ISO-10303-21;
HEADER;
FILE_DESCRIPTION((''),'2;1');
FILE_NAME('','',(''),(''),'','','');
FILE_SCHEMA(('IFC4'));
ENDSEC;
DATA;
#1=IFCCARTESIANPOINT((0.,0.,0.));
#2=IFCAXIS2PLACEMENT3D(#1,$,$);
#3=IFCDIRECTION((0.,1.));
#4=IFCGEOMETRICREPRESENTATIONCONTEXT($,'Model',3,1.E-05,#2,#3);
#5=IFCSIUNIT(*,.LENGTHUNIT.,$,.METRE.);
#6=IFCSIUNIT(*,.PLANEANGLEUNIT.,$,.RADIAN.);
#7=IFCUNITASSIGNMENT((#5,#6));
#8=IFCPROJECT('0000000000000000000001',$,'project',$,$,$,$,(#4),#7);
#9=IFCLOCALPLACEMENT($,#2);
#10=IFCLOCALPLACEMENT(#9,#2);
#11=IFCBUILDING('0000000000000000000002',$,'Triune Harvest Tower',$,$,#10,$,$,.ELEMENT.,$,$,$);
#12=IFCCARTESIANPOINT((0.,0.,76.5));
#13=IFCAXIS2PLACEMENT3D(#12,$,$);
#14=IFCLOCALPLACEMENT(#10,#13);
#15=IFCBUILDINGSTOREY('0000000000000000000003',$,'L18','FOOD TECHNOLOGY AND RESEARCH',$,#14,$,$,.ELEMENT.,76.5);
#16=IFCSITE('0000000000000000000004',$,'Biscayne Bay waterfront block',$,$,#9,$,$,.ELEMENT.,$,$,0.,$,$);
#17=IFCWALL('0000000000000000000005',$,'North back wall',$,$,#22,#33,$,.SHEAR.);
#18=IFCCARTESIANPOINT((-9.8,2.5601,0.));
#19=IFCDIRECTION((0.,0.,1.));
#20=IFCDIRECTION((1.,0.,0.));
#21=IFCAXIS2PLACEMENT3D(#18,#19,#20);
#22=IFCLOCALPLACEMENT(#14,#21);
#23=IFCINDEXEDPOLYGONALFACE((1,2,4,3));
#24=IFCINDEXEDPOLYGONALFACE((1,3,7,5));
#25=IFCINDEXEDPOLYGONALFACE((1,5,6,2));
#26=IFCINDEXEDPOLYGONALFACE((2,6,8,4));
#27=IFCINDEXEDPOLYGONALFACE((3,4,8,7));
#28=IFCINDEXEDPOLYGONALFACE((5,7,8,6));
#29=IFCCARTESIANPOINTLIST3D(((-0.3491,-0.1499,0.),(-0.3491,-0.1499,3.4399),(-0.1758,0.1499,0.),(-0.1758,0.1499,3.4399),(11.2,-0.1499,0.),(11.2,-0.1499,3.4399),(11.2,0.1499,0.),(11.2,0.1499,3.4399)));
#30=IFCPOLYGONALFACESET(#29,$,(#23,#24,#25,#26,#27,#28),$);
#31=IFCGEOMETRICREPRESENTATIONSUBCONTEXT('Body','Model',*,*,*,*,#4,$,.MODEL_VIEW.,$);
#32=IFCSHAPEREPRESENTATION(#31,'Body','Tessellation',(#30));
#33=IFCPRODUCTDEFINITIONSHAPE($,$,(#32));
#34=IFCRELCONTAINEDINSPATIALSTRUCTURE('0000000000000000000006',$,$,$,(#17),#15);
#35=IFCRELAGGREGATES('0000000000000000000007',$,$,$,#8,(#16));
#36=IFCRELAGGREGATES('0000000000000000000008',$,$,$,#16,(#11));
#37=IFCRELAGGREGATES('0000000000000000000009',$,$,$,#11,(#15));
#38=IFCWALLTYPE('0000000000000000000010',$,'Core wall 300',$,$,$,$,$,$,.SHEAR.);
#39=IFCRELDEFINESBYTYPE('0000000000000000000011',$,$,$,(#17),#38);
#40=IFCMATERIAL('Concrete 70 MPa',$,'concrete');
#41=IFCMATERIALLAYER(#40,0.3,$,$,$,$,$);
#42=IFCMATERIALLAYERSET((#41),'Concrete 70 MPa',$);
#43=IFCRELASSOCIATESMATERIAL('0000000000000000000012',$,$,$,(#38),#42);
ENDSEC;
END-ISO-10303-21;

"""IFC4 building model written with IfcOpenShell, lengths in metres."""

from ifc_helpers import new_model, si_unit, direction, frame, origin, place, context, subcontext, project, spatial, polyline, outline, extrude, source, transform, mapped, material, layer, layer_set, type_object, element, save


model = new_model("IFC4")

# Units and contexts
model_context = context("Model", 3, precision=1e-05, world=origin(), true_north=direction((0.0, 1.0)))
body_context = subcontext(model_context, "Body", "Model", "MODEL_VIEW")
ifc_project = project(units=[si_unit("LENGTHUNIT", "METRE"), si_unit("PLANEANGLEUNIT", "RADIAN")], contexts=[model_context])

# Site, building, storey
site_placement = place(None, origin())
site = spatial("IfcSite", under=ifc_project, at=site_placement, Name="Biscayne Bay waterfront block", CompositionType="ELEMENT", RefElevation=0.0)
building_placement = place(site_placement, origin())
building = spatial("IfcBuilding", under=site, at=building_placement, Name="Triune Harvest Tower", CompositionType="ELEMENT")
storey_placement = place(building_placement, frame((0.0, 0.0, 76.5)))
storey = spatial("IfcBuildingStorey", under=building, at=storey_placement, Name="L18", Description="FOOD TECHNOLOGY AND RESEARCH", CompositionType="ELEMENT", Elevation=76.5)

# Shared definitions
ifc_material_1 = material(Name="Concrete 70 MPa", Category="concrete")
ifc_layer_1 = layer(ifc_material_1, 0.3)
ifc_layer_set_1 = layer_set([ifc_layer_1], Name="Concrete 70 MPa")
wall_type_1 = type_object("IfcWallType", Name="Core wall 300", PredefinedType="SHEAR", material=ifc_layer_set_1)

# Wall
shared_shape_1 = source(origin(), body_context, "Body", "SweptSolid", [
    extrude(outline(polyline([(11.2, -0.1499), (-0.3491, -0.1499), (-0.1758, 0.1499), (11.2, 0.1499), (11.2, -0.1499)])), origin(), (0.0, 0.0, 1.0), 3.4399),
])
wall_1_placement = place(storey_placement, frame((-9.8, 2.5601, 0.0), z_axis=(0.0, 0.0, 1.0), x_axis=(1.0, 0.0, 0.0)))
element("IfcWall", 1, at=wall_1_placement, inside=storey, type_object=wall_type_1, Name="North back wall", PredefinedType="SHEAR", context=body_context, shape_type="MappedRepresentation", body=[
    mapped(shared_shape_1, transform((0.0, 0.0, 0.0), scale=1.0)),
])

save(model, "model.ifc")
